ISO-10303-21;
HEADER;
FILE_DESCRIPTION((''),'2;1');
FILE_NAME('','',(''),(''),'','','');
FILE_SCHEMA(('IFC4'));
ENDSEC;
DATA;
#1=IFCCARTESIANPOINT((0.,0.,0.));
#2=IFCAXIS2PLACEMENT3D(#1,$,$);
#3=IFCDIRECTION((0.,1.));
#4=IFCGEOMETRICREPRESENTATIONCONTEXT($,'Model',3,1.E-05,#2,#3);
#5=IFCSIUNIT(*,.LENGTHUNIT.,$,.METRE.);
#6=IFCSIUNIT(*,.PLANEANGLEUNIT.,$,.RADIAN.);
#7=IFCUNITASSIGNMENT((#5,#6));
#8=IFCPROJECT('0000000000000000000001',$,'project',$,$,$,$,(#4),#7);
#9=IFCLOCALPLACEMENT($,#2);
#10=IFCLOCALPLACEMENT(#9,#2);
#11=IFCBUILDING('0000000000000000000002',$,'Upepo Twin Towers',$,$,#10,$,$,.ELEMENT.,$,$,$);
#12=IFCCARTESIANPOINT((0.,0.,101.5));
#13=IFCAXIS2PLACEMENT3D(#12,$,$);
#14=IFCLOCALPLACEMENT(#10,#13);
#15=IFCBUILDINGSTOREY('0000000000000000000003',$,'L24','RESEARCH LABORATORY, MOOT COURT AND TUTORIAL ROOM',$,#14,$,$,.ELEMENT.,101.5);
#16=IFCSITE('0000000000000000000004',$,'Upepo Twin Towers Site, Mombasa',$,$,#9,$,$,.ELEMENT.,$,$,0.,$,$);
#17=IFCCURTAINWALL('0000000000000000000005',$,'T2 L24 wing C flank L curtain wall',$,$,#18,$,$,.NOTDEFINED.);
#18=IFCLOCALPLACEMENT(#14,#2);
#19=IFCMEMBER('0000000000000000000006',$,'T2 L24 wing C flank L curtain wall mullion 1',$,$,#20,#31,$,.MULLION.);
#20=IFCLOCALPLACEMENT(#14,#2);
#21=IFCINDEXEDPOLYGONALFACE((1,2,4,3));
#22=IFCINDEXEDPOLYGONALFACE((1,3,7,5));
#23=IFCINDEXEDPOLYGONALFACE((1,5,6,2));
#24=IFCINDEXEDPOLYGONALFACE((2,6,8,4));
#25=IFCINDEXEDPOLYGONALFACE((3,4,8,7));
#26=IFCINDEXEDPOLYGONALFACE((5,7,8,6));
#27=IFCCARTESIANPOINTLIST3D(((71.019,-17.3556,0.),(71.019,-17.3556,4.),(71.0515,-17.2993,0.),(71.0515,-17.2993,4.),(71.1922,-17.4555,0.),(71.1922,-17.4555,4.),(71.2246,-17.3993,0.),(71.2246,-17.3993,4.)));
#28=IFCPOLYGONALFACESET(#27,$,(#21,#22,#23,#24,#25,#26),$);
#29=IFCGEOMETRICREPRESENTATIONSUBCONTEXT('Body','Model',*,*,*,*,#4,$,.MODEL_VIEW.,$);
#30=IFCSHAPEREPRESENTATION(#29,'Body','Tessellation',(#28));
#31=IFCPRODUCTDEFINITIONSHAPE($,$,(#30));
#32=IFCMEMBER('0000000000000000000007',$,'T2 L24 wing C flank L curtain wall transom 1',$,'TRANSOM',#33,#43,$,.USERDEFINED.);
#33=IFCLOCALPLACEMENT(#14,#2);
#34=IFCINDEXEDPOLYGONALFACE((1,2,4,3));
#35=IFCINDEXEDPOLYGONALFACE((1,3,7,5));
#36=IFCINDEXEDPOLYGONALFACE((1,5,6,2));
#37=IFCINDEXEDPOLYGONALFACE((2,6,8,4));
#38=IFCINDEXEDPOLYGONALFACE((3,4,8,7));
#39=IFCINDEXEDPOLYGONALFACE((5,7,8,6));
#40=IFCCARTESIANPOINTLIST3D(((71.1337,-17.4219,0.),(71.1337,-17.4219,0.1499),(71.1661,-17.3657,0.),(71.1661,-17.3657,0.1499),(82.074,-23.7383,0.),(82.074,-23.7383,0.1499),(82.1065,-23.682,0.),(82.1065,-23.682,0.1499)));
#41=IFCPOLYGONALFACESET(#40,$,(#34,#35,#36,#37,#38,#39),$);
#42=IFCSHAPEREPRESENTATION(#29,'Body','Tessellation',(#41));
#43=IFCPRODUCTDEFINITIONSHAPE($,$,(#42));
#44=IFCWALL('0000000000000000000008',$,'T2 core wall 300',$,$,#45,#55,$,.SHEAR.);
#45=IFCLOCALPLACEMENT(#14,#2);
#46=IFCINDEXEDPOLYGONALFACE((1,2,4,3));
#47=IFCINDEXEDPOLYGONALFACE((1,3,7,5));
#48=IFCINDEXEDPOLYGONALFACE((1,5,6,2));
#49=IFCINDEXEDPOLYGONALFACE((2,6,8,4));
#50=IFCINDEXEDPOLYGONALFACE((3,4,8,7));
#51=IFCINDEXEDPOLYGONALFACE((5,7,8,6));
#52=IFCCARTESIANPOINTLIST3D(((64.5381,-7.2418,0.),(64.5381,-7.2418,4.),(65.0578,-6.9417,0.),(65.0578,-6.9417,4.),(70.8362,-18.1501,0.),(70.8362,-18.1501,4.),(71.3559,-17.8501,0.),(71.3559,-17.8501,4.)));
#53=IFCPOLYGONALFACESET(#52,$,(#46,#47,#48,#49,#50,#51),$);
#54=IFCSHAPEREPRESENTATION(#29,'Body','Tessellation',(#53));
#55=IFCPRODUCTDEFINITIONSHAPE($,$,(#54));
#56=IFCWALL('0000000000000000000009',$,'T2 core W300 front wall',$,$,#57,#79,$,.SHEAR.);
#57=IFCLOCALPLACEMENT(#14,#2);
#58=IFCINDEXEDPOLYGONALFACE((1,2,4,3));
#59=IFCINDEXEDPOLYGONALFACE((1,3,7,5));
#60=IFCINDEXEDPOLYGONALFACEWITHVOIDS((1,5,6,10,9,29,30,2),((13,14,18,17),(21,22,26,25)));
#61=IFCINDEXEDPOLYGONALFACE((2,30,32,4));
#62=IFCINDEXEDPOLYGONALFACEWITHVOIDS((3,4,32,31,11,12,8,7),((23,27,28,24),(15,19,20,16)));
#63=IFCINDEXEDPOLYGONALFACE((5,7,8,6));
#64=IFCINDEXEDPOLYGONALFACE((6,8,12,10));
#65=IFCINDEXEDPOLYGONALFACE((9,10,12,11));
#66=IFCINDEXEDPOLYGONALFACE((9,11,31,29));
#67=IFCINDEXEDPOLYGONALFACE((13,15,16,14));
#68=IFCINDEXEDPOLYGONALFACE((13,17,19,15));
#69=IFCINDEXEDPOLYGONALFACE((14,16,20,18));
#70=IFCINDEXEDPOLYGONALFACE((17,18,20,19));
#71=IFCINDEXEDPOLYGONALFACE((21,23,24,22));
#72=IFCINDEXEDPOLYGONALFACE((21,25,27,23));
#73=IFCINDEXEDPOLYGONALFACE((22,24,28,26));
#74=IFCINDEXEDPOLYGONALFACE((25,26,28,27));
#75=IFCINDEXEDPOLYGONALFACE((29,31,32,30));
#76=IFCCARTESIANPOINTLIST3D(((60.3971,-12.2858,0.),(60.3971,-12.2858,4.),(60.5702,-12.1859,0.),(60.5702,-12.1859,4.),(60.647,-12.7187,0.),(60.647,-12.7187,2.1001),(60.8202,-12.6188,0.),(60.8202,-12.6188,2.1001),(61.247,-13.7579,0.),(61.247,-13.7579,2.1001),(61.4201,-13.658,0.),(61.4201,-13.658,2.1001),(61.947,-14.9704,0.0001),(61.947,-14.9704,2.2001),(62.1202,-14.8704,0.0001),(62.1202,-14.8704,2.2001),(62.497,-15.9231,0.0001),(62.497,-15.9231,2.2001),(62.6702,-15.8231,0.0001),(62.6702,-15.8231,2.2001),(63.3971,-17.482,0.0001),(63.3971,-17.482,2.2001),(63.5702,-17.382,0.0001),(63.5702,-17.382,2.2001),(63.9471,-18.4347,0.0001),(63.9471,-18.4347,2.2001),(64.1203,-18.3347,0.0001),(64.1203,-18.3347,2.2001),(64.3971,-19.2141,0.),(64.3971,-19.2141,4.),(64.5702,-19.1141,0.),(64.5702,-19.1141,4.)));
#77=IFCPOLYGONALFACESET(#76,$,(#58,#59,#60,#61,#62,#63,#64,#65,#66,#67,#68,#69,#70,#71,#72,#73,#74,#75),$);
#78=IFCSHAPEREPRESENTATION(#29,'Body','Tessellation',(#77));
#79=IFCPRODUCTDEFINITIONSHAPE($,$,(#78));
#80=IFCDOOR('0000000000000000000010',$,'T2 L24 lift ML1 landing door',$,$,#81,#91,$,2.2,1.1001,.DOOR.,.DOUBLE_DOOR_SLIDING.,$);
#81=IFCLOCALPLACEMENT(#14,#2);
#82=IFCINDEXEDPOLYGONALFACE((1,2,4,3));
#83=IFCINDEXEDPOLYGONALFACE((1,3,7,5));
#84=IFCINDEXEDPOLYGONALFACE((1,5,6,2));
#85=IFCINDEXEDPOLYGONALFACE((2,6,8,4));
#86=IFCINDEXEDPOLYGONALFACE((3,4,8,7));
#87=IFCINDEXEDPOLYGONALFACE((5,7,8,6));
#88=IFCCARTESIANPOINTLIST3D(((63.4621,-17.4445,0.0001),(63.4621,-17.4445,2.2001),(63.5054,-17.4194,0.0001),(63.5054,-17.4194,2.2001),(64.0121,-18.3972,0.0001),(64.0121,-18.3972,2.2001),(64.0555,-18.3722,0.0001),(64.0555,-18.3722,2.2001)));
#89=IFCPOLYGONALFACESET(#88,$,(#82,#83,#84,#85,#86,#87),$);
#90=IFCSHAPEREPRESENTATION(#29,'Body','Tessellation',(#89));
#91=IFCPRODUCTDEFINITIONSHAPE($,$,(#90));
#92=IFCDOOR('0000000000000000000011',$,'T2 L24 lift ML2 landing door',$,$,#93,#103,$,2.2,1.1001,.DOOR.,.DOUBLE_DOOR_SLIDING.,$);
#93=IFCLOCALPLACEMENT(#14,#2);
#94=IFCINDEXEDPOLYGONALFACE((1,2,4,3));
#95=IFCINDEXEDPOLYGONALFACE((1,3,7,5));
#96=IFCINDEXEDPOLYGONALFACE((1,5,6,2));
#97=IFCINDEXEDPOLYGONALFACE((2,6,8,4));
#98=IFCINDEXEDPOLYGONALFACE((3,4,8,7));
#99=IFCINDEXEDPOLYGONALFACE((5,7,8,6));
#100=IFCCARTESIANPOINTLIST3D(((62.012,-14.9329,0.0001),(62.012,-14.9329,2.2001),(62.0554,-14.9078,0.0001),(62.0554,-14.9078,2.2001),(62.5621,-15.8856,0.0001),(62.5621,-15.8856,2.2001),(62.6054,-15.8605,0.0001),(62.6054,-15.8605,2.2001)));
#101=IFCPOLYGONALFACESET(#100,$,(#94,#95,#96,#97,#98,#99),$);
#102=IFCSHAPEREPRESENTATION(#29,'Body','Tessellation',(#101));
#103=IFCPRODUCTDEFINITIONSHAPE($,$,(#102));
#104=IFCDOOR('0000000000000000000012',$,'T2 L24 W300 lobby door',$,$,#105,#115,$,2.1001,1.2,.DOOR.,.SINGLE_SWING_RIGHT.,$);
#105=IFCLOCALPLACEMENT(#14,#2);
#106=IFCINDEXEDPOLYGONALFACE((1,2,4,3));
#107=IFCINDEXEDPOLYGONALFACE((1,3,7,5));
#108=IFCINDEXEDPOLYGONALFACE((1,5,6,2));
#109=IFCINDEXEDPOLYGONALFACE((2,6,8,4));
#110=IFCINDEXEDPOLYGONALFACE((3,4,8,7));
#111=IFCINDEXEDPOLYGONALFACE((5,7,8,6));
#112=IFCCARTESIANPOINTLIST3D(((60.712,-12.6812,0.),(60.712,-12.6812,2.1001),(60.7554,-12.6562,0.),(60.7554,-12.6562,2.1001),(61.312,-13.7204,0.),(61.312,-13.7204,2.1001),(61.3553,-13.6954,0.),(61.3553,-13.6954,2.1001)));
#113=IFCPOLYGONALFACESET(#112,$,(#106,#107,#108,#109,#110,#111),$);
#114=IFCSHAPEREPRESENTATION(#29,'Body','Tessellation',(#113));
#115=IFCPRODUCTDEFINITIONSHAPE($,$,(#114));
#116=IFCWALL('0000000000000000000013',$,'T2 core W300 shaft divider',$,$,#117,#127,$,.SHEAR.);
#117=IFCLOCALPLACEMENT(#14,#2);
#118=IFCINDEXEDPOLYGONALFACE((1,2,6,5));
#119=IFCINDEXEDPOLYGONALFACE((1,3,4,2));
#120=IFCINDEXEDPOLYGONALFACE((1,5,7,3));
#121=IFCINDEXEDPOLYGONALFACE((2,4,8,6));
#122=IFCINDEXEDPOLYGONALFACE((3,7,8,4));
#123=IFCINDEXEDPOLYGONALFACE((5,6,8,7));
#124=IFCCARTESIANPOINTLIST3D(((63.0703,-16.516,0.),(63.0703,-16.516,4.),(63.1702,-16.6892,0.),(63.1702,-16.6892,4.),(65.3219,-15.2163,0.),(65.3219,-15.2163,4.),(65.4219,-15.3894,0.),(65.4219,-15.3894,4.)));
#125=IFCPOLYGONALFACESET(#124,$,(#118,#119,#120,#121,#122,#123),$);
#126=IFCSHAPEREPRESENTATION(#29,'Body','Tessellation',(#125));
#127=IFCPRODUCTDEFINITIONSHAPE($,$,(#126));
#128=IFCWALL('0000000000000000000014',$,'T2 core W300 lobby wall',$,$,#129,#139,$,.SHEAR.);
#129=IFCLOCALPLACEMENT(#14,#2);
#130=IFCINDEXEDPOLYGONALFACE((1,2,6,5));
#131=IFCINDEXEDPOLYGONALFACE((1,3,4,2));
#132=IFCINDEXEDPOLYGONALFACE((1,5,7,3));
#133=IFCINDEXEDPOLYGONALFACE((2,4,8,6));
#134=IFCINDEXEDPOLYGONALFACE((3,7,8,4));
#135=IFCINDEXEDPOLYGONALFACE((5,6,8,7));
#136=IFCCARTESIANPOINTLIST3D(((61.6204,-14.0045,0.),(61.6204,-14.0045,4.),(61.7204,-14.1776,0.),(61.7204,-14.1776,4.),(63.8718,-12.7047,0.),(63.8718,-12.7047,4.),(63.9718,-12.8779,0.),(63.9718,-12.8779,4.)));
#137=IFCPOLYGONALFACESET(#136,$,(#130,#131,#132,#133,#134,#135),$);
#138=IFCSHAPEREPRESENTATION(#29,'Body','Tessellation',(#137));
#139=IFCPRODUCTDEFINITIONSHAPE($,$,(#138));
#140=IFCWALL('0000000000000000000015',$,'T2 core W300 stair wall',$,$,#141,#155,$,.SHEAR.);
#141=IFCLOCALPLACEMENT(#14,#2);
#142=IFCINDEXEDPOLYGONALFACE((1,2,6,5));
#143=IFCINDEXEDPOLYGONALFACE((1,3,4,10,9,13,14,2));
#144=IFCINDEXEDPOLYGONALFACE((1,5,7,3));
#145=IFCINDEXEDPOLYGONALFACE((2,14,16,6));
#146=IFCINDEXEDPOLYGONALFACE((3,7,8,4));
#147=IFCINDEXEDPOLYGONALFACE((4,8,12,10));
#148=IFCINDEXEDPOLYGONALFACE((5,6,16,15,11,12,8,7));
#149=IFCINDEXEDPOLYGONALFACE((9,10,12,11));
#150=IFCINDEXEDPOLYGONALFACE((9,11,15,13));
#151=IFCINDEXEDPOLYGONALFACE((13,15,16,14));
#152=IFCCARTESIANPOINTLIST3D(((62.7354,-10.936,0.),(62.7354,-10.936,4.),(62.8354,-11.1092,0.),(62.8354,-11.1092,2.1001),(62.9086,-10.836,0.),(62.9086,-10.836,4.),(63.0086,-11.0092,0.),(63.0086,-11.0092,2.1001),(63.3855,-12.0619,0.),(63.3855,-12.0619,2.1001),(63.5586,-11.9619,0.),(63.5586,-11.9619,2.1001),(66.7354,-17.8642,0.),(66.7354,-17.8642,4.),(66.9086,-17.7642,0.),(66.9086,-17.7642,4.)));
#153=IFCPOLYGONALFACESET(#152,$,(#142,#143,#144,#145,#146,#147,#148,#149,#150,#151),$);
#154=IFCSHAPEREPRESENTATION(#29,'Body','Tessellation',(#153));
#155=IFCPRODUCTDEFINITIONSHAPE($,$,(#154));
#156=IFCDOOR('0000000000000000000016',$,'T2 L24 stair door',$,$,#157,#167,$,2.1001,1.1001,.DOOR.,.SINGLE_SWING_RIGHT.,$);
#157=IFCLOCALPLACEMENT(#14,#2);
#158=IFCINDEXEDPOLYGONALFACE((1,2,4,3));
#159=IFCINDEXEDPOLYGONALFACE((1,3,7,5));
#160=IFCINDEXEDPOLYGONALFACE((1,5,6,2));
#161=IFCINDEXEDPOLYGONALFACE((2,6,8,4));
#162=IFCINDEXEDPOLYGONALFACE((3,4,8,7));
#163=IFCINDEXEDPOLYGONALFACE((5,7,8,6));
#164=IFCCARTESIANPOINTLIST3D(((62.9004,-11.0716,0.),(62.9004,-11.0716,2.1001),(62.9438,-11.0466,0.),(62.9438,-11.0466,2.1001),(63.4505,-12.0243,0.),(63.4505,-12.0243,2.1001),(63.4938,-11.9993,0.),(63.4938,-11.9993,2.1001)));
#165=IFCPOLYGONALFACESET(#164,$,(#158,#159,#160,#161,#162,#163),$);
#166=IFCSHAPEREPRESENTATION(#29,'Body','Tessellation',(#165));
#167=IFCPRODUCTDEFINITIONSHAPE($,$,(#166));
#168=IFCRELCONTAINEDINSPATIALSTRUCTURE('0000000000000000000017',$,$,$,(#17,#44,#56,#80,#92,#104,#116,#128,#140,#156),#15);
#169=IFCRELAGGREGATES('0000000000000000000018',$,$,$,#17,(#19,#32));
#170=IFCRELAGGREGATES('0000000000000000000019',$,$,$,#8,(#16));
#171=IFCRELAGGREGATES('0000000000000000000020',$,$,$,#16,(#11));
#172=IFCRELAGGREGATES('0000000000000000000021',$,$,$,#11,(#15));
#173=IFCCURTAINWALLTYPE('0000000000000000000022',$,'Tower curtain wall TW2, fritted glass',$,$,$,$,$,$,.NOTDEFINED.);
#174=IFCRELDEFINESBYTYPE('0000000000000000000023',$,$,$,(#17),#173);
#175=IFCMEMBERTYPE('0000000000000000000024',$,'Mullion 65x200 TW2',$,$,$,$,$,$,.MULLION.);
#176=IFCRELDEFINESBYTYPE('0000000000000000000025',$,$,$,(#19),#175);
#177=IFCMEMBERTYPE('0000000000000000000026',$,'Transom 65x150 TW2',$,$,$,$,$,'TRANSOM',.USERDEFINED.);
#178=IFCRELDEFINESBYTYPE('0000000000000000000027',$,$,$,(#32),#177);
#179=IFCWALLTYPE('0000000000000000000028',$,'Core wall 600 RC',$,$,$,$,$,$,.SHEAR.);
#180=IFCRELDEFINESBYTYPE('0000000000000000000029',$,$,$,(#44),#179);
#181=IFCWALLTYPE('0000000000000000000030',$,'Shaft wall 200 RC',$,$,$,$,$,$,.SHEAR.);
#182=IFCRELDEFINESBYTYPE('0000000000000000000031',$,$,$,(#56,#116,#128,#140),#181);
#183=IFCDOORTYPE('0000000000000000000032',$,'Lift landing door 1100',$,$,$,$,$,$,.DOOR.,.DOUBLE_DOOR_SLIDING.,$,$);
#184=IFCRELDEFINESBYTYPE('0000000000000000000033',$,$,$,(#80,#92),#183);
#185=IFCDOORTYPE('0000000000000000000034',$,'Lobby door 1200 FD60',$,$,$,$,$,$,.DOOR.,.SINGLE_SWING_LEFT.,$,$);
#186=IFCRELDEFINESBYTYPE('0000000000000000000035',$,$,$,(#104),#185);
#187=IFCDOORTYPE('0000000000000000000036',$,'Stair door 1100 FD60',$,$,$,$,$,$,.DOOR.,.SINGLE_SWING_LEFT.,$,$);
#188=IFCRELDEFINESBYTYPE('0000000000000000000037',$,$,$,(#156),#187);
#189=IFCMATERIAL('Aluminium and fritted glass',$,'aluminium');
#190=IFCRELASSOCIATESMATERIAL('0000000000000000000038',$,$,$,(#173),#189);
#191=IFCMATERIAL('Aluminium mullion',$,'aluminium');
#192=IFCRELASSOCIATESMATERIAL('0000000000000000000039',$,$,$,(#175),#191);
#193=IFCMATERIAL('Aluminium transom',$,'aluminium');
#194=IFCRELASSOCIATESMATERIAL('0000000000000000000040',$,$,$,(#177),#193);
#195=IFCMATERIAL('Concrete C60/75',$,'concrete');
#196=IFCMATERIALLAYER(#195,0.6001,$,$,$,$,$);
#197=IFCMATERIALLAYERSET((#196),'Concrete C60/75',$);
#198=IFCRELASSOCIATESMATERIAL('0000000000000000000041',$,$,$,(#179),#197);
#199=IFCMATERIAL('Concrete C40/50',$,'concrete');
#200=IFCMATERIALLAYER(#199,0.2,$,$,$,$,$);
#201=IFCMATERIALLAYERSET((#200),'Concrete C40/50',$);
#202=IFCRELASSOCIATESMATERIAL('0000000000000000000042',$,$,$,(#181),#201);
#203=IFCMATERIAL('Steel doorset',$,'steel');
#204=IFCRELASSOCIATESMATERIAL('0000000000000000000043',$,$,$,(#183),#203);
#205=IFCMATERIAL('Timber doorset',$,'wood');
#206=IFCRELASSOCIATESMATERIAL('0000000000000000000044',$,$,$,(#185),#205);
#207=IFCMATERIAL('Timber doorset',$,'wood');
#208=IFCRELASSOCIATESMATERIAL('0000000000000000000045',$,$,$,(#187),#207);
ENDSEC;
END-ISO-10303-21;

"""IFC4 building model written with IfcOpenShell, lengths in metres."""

from ifc_helpers import new_model, si_unit, direction, frame, frame_2d, origin, origin_2d, place, context, subcontext, project, spatial, rectangle, extrude, material, layer, layer_set, material_profile, profile_set, type_object, element, fill, aggregate, save


model = new_model("IFC4")

# Units and contexts
model_context = context("Model", 3, precision=1e-05, world=origin(), true_north=direction((0.0, 1.0)))
body_context = subcontext(model_context, "Body", "Model", "MODEL_VIEW")
ifc_project = project(units=[si_unit("LENGTHUNIT", "METRE"), si_unit("PLANEANGLEUNIT", "RADIAN")], contexts=[model_context])

# Site, building, storey
site_placement = place(None, origin())
site = spatial("IfcSite", under=ifc_project, at=site_placement, Name="Upepo Twin Towers Site, Mombasa", CompositionType="ELEMENT", RefElevation=0.0)
building_placement = place(site_placement, origin())
building = spatial("IfcBuilding", under=site, at=building_placement, Name="Upepo Twin Towers", CompositionType="ELEMENT")
storey_placement = place(building_placement, frame((0.0, 0.0, 101.5)))
storey = spatial("IfcBuildingStorey", under=building, at=storey_placement, Name="L24", Description="RESEARCH LABORATORY, MOOT COURT AND TUTORIAL ROOM", CompositionType="ELEMENT", Elevation=101.5)

# Curtain wall, members
ifc_material_1 = material(Name="Aluminium and fritted glass", Category="aluminium")
curtain_wall_type = type_object("IfcCurtainWallType", Name="Tower curtain wall TW2, fritted glass", PredefinedType="NOTDEFINED", material=ifc_material_1)
curtain_wall_placement = place(storey_placement, origin())
curtain_wall = element("IfcCurtainWall", 1, at=curtain_wall_placement, inside=storey, type_object=curtain_wall_type, Name="T2 L24 wing C flank L curtain wall", PredefinedType="NOTDEFINED")
ifc_material_2 = material(Name="Aluminium mullion", Category="aluminium")
ifc_material_profile_1 = material_profile(ifc_material_2, rectangle(XDim=0.0649, YDim=0.2, at=origin_2d()), Name="MULLION 65x200")
ifc_profile_set_1 = profile_set([ifc_material_profile_1], Name="Aluminium mullion")
member_type_1 = type_object("IfcMemberType", Name="Mullion 65x200 TW2", PredefinedType="MULLION", material=ifc_profile_set_1)
member_1_placement = place(storey_placement, frame((71.1218, -17.3774, 0.0), z_axis=(0.0, 0.0, 1.0), x_axis=(0.5, 0.866025, 0.0)))
member_1 = element("IfcMember", 2, at=member_1_placement, type_object=member_type_1, Name="T2 L24 wing C flank L curtain wall mullion 1", PredefinedType="MULLION", context=body_context, shape_type="SweptSolid", body=[
    extrude(rectangle(XDim=0.0649, YDim=0.2, at=origin_2d()), origin(), (0.0, 0.0, 1.0), 4.0),
])
ifc_material_3 = material(Name="Aluminium transom", Category="aluminium")
ifc_material_profile_2 = material_profile(ifc_material_3, rectangle(XDim=0.0649, YDim=0.1499, at=origin_2d()), Name="TRANSOM 65x150")
ifc_profile_set_2 = profile_set([ifc_material_profile_2], Name="Aluminium transom")
member_type_2 = type_object("IfcMemberType", Name="Transom 65x150 TW2", ElementType="TRANSOM", PredefinedType="USERDEFINED", material=ifc_profile_set_2)
member_2_placement = place(storey_placement, frame((71.1499, -17.3938, 0.075), z_axis=(0.866027, -0.499997, 0.0), x_axis=(0.499997, 0.866027, 0.0)))
member_2 = element("IfcMember", 3, at=member_2_placement, type_object=member_type_2, Name="T2 L24 wing C flank L curtain wall transom 1", ObjectType="TRANSOM", PredefinedType="USERDEFINED", context=body_context, shape_type="SweptSolid", body=[
    extrude(rectangle(XDim=0.0649, YDim=0.1499, at=origin_2d()), origin(), (0.0, 0.0, 1.0), 12.6328),
])
aggregate(curtain_wall, [member_1, member_2])

# Wall
ifc_material_4 = material(Name="Concrete C60/75", Category="concrete")
ifc_layer_1 = layer(ifc_material_4, 0.6001)
ifc_layer_set_1 = layer_set([ifc_layer_1], Name="Concrete C60/75")
wall_type_1 = type_object("IfcWallType", Name="Core wall 600 RC", PredefinedType="SHEAR", material=ifc_layer_set_1)
wall_1_placement = place(storey_placement, frame((71.0959, -18.0, 0.0), z_axis=(0.0, 0.0, 1.0), x_axis=(-0.500006, 0.866022, 0.0)))
element("IfcWall", 4, at=wall_1_placement, inside=storey, type_object=wall_type_1, Name="T2 core wall 300", PredefinedType="SHEAR", context=body_context, shape_type="SweptSolid", body=[
    extrude(rectangle(XDim=12.5959, YDim=0.6001, at=frame_2d((6.2979, 0.0))), origin(), (0.0, 0.0, 1.0), 4.0),
])

# Wall, openings, doors
ifc_material_5 = material(Name="Concrete C40/50", Category="concrete")
ifc_layer_2 = layer(ifc_material_5, 0.2)
ifc_layer_set_2 = layer_set([ifc_layer_2], Name="Concrete C40/50")
wall_type_2 = type_object("IfcWallType", Name="Shaft wall 200 RC", PredefinedType="SHEAR", material=ifc_layer_set_2)
wall_2_placement = place(storey_placement, frame((64.4836, -19.1641, 0.0), z_axis=(0.0, 0.0, 1.0), x_axis=(-0.499999, 0.866026, 0.0)))
wall_2 = element("IfcWall", 5, at=wall_2_placement, inside=storey, type_object=wall_type_2, Name="T2 core W300 front wall", PredefinedType="SHEAR", context=body_context, shape_type="SweptSolid", body=[
    extrude(rectangle(XDim=8.0, YDim=0.2, at=frame_2d((4.0, 0.0))), origin(), (0.0, 0.0, 1.0), 4.0),
])
opening_1_placement = place(wall_2_placement, frame((6.3, 0.0, 0.0)))
opening_1 = element("IfcOpeningElement", 6, at=opening_1_placement, cuts=wall_2, PredefinedType="OPENING", context=body_context, shape_type="SweptSolid", body=[
    extrude(rectangle(XDim=1.2, YDim=2.1001, at=frame_2d((0.6001, 1.05))), frame((0.0, 0.1099, 0.0), z_axis=(0.0, -1.0, 0.0), x_axis=(1.0, 0.0, 0.0)), (0.0, 0.0, 1.0), 0.22),
])
opening_2_placement = place(wall_2_placement, frame((0.8999, 0.0, 0.0)))
opening_2 = element("IfcOpeningElement", 7, at=opening_2_placement, cuts=wall_2, PredefinedType="OPENING", context=body_context, shape_type="SweptSolid", body=[
    extrude(rectangle(XDim=1.1001, YDim=2.2, at=frame_2d((0.55, 1.1001))), frame((0.0, 0.1099, 0.0), z_axis=(0.0, -1.0, 0.0), x_axis=(1.0, 0.0, 0.0)), (0.0, 0.0, 1.0), 0.22),
])
opening_3_placement = place(wall_2_placement, frame((3.8, 0.0, 0.0)))
opening_3 = element("IfcOpeningElement", 8, at=opening_3_placement, cuts=wall_2, PredefinedType="OPENING", context=body_context, shape_type="SweptSolid", body=[
    extrude(rectangle(XDim=1.1001, YDim=2.2, at=frame_2d((0.55, 1.1001))), frame((0.0, 0.1099, 0.0), z_axis=(0.0, -1.0, 0.0), x_axis=(1.0, 0.0, 0.0)), (0.0, 0.0, 1.0), 0.22),
])
ifc_material_6 = material(Name="Steel doorset", Category="steel")
door_type_1 = type_object("IfcDoorType", Name="Lift landing door 1100", OperationType="DOUBLE_DOOR_SLIDING", PredefinedType="DOOR", material=ifc_material_6)
door_1_placement = place(opening_2_placement, origin())
door_1 = element("IfcDoor", 9, at=door_1_placement, inside=storey, type_object=door_type_1, Name="T2 L24 lift ML1 landing door", OperationType="DOUBLE_DOOR_SLIDING", OverallHeight=2.2, OverallWidth=1.1001, PredefinedType="DOOR", context=body_context, shape_type="SweptSolid", body=[
    extrude(rectangle(XDim=1.1001, YDim=2.2, at=frame_2d((0.55, 1.1001))), frame((0.0, 0.0249, 0.0), z_axis=(0.0, -1.0, 0.0), x_axis=(1.0, 0.0, 0.0)), (0.0, 0.0, 1.0), 0.05),
])
fill(opening_2, door_1)
door_2_placement = place(opening_3_placement, origin())
door_2 = element("IfcDoor", 10, at=door_2_placement, inside=storey, type_object=door_type_1, Name="T2 L24 lift ML2 landing door", OperationType="DOUBLE_DOOR_SLIDING", OverallHeight=2.2, OverallWidth=1.1001, PredefinedType="DOOR", context=body_context, shape_type="SweptSolid", body=[
    extrude(rectangle(XDim=1.1001, YDim=2.2, at=frame_2d((0.55, 1.1001))), frame((0.0, 0.0249, 0.0), z_axis=(0.0, -1.0, 0.0), x_axis=(1.0, 0.0, 0.0)), (0.0, 0.0, 1.0), 0.05),
])
fill(opening_3, door_2)
ifc_material_7 = material(Name="Timber doorset", Category="wood")
door_type_2 = type_object("IfcDoorType", Name="Lobby door 1200 FD60", OperationType="SINGLE_SWING_LEFT", PredefinedType="DOOR", material=ifc_material_7)
door_3_placement = place(opening_1_placement, origin())
door_3 = element("IfcDoor", 11, at=door_3_placement, inside=storey, type_object=door_type_2, Name="T2 L24 W300 lobby door", OperationType="SINGLE_SWING_RIGHT", OverallHeight=2.1001, OverallWidth=1.2, PredefinedType="DOOR", context=body_context, shape_type="SweptSolid", body=[
    extrude(rectangle(XDim=1.2, YDim=2.1001, at=frame_2d((0.6001, 1.05))), frame((0.0, 0.0249, 0.0), z_axis=(0.0, -1.0, 0.0), x_axis=(1.0, 0.0, 0.0)), (0.0, 0.0, 1.0), 0.05),
])
fill(opening_1, door_3)

# Walls
wall_3_placement = place(storey_placement, frame((63.1204, -16.6025, 0.0), z_axis=(0.0, 0.0, 1.0), x_axis=(0.866062, 0.499937, 0.0)))
element("IfcWall", 12, at=wall_3_placement, inside=storey, type_object=wall_type_2, Name="T2 core W300 shaft divider", PredefinedType="SHEAR", context=body_context, shape_type="SweptSolid", body=[
    extrude(rectangle(XDim=2.5999, YDim=0.2, at=frame_2d((1.2998, 0.0))), origin(), (0.0, 0.0, 1.0), 4.0),
])
wall_4_placement = place(storey_placement, frame((61.6704, -14.0911, 0.0), z_axis=(0.0, 0.0, 1.0), x_axis=(0.866039, 0.499977, 0.0)))
element("IfcWall", 13, at=wall_4_placement, inside=storey, type_object=wall_type_2, Name="T2 core W300 lobby wall", PredefinedType="SHEAR", context=body_context, shape_type="SweptSolid", body=[
    extrude(rectangle(XDim=2.5996, YDim=0.2, at=frame_2d((1.2998, 0.0))), origin(), (0.0, 0.0, 1.0), 4.0),
])

# Wall, opening, door
wall_5_placement = place(storey_placement, frame((66.822, -17.8142, 0.0), z_axis=(0.0, 0.0, 1.0), x_axis=(-0.499999, 0.866026, 0.0)))
wall_5 = element("IfcWall", 14, at=wall_5_placement, inside=storey, type_object=wall_type_2, Name="T2 core W300 stair wall", PredefinedType="SHEAR", context=body_context, shape_type="SweptSolid", body=[
    extrude(rectangle(XDim=8.0, YDim=0.2, at=frame_2d((4.0, 0.0))), origin(), (0.0, 0.0, 1.0), 4.0),
])
opening_4_placement = place(wall_5_placement, frame((6.7, 0.0, 0.0)))
opening_4 = element("IfcOpeningElement", 15, at=opening_4_placement, cuts=wall_5, PredefinedType="OPENING", context=body_context, shape_type="SweptSolid", body=[
    extrude(rectangle(XDim=1.1001, YDim=2.1001, at=frame_2d((0.55, 1.05))), frame((0.0, 0.1099, 0.0), z_axis=(0.0, -1.0, 0.0), x_axis=(1.0, 0.0, 0.0)), (0.0, 0.0, 1.0), 0.22),
])
ifc_material_8 = material(Name="Timber doorset", Category="wood")
door_type_3 = type_object("IfcDoorType", Name="Stair door 1100 FD60", OperationType="SINGLE_SWING_LEFT", PredefinedType="DOOR", material=ifc_material_8)
door_4_placement = place(opening_4_placement, origin())
door_4 = element("IfcDoor", 16, at=door_4_placement, inside=storey, type_object=door_type_3, Name="T2 L24 stair door", OperationType="SINGLE_SWING_RIGHT", OverallHeight=2.1001, OverallWidth=1.1001, PredefinedType="DOOR", context=body_context, shape_type="SweptSolid", body=[
    extrude(rectangle(XDim=1.1001, YDim=2.1001, at=frame_2d((0.55, 1.05))), frame((0.0, 0.0249, 0.0), z_axis=(0.0, -1.0, 0.0), x_axis=(1.0, 0.0, 0.0)), (0.0, 0.0, 1.0), 0.05),
])
fill(opening_4, door_4)

save(model, "model.ifc")
